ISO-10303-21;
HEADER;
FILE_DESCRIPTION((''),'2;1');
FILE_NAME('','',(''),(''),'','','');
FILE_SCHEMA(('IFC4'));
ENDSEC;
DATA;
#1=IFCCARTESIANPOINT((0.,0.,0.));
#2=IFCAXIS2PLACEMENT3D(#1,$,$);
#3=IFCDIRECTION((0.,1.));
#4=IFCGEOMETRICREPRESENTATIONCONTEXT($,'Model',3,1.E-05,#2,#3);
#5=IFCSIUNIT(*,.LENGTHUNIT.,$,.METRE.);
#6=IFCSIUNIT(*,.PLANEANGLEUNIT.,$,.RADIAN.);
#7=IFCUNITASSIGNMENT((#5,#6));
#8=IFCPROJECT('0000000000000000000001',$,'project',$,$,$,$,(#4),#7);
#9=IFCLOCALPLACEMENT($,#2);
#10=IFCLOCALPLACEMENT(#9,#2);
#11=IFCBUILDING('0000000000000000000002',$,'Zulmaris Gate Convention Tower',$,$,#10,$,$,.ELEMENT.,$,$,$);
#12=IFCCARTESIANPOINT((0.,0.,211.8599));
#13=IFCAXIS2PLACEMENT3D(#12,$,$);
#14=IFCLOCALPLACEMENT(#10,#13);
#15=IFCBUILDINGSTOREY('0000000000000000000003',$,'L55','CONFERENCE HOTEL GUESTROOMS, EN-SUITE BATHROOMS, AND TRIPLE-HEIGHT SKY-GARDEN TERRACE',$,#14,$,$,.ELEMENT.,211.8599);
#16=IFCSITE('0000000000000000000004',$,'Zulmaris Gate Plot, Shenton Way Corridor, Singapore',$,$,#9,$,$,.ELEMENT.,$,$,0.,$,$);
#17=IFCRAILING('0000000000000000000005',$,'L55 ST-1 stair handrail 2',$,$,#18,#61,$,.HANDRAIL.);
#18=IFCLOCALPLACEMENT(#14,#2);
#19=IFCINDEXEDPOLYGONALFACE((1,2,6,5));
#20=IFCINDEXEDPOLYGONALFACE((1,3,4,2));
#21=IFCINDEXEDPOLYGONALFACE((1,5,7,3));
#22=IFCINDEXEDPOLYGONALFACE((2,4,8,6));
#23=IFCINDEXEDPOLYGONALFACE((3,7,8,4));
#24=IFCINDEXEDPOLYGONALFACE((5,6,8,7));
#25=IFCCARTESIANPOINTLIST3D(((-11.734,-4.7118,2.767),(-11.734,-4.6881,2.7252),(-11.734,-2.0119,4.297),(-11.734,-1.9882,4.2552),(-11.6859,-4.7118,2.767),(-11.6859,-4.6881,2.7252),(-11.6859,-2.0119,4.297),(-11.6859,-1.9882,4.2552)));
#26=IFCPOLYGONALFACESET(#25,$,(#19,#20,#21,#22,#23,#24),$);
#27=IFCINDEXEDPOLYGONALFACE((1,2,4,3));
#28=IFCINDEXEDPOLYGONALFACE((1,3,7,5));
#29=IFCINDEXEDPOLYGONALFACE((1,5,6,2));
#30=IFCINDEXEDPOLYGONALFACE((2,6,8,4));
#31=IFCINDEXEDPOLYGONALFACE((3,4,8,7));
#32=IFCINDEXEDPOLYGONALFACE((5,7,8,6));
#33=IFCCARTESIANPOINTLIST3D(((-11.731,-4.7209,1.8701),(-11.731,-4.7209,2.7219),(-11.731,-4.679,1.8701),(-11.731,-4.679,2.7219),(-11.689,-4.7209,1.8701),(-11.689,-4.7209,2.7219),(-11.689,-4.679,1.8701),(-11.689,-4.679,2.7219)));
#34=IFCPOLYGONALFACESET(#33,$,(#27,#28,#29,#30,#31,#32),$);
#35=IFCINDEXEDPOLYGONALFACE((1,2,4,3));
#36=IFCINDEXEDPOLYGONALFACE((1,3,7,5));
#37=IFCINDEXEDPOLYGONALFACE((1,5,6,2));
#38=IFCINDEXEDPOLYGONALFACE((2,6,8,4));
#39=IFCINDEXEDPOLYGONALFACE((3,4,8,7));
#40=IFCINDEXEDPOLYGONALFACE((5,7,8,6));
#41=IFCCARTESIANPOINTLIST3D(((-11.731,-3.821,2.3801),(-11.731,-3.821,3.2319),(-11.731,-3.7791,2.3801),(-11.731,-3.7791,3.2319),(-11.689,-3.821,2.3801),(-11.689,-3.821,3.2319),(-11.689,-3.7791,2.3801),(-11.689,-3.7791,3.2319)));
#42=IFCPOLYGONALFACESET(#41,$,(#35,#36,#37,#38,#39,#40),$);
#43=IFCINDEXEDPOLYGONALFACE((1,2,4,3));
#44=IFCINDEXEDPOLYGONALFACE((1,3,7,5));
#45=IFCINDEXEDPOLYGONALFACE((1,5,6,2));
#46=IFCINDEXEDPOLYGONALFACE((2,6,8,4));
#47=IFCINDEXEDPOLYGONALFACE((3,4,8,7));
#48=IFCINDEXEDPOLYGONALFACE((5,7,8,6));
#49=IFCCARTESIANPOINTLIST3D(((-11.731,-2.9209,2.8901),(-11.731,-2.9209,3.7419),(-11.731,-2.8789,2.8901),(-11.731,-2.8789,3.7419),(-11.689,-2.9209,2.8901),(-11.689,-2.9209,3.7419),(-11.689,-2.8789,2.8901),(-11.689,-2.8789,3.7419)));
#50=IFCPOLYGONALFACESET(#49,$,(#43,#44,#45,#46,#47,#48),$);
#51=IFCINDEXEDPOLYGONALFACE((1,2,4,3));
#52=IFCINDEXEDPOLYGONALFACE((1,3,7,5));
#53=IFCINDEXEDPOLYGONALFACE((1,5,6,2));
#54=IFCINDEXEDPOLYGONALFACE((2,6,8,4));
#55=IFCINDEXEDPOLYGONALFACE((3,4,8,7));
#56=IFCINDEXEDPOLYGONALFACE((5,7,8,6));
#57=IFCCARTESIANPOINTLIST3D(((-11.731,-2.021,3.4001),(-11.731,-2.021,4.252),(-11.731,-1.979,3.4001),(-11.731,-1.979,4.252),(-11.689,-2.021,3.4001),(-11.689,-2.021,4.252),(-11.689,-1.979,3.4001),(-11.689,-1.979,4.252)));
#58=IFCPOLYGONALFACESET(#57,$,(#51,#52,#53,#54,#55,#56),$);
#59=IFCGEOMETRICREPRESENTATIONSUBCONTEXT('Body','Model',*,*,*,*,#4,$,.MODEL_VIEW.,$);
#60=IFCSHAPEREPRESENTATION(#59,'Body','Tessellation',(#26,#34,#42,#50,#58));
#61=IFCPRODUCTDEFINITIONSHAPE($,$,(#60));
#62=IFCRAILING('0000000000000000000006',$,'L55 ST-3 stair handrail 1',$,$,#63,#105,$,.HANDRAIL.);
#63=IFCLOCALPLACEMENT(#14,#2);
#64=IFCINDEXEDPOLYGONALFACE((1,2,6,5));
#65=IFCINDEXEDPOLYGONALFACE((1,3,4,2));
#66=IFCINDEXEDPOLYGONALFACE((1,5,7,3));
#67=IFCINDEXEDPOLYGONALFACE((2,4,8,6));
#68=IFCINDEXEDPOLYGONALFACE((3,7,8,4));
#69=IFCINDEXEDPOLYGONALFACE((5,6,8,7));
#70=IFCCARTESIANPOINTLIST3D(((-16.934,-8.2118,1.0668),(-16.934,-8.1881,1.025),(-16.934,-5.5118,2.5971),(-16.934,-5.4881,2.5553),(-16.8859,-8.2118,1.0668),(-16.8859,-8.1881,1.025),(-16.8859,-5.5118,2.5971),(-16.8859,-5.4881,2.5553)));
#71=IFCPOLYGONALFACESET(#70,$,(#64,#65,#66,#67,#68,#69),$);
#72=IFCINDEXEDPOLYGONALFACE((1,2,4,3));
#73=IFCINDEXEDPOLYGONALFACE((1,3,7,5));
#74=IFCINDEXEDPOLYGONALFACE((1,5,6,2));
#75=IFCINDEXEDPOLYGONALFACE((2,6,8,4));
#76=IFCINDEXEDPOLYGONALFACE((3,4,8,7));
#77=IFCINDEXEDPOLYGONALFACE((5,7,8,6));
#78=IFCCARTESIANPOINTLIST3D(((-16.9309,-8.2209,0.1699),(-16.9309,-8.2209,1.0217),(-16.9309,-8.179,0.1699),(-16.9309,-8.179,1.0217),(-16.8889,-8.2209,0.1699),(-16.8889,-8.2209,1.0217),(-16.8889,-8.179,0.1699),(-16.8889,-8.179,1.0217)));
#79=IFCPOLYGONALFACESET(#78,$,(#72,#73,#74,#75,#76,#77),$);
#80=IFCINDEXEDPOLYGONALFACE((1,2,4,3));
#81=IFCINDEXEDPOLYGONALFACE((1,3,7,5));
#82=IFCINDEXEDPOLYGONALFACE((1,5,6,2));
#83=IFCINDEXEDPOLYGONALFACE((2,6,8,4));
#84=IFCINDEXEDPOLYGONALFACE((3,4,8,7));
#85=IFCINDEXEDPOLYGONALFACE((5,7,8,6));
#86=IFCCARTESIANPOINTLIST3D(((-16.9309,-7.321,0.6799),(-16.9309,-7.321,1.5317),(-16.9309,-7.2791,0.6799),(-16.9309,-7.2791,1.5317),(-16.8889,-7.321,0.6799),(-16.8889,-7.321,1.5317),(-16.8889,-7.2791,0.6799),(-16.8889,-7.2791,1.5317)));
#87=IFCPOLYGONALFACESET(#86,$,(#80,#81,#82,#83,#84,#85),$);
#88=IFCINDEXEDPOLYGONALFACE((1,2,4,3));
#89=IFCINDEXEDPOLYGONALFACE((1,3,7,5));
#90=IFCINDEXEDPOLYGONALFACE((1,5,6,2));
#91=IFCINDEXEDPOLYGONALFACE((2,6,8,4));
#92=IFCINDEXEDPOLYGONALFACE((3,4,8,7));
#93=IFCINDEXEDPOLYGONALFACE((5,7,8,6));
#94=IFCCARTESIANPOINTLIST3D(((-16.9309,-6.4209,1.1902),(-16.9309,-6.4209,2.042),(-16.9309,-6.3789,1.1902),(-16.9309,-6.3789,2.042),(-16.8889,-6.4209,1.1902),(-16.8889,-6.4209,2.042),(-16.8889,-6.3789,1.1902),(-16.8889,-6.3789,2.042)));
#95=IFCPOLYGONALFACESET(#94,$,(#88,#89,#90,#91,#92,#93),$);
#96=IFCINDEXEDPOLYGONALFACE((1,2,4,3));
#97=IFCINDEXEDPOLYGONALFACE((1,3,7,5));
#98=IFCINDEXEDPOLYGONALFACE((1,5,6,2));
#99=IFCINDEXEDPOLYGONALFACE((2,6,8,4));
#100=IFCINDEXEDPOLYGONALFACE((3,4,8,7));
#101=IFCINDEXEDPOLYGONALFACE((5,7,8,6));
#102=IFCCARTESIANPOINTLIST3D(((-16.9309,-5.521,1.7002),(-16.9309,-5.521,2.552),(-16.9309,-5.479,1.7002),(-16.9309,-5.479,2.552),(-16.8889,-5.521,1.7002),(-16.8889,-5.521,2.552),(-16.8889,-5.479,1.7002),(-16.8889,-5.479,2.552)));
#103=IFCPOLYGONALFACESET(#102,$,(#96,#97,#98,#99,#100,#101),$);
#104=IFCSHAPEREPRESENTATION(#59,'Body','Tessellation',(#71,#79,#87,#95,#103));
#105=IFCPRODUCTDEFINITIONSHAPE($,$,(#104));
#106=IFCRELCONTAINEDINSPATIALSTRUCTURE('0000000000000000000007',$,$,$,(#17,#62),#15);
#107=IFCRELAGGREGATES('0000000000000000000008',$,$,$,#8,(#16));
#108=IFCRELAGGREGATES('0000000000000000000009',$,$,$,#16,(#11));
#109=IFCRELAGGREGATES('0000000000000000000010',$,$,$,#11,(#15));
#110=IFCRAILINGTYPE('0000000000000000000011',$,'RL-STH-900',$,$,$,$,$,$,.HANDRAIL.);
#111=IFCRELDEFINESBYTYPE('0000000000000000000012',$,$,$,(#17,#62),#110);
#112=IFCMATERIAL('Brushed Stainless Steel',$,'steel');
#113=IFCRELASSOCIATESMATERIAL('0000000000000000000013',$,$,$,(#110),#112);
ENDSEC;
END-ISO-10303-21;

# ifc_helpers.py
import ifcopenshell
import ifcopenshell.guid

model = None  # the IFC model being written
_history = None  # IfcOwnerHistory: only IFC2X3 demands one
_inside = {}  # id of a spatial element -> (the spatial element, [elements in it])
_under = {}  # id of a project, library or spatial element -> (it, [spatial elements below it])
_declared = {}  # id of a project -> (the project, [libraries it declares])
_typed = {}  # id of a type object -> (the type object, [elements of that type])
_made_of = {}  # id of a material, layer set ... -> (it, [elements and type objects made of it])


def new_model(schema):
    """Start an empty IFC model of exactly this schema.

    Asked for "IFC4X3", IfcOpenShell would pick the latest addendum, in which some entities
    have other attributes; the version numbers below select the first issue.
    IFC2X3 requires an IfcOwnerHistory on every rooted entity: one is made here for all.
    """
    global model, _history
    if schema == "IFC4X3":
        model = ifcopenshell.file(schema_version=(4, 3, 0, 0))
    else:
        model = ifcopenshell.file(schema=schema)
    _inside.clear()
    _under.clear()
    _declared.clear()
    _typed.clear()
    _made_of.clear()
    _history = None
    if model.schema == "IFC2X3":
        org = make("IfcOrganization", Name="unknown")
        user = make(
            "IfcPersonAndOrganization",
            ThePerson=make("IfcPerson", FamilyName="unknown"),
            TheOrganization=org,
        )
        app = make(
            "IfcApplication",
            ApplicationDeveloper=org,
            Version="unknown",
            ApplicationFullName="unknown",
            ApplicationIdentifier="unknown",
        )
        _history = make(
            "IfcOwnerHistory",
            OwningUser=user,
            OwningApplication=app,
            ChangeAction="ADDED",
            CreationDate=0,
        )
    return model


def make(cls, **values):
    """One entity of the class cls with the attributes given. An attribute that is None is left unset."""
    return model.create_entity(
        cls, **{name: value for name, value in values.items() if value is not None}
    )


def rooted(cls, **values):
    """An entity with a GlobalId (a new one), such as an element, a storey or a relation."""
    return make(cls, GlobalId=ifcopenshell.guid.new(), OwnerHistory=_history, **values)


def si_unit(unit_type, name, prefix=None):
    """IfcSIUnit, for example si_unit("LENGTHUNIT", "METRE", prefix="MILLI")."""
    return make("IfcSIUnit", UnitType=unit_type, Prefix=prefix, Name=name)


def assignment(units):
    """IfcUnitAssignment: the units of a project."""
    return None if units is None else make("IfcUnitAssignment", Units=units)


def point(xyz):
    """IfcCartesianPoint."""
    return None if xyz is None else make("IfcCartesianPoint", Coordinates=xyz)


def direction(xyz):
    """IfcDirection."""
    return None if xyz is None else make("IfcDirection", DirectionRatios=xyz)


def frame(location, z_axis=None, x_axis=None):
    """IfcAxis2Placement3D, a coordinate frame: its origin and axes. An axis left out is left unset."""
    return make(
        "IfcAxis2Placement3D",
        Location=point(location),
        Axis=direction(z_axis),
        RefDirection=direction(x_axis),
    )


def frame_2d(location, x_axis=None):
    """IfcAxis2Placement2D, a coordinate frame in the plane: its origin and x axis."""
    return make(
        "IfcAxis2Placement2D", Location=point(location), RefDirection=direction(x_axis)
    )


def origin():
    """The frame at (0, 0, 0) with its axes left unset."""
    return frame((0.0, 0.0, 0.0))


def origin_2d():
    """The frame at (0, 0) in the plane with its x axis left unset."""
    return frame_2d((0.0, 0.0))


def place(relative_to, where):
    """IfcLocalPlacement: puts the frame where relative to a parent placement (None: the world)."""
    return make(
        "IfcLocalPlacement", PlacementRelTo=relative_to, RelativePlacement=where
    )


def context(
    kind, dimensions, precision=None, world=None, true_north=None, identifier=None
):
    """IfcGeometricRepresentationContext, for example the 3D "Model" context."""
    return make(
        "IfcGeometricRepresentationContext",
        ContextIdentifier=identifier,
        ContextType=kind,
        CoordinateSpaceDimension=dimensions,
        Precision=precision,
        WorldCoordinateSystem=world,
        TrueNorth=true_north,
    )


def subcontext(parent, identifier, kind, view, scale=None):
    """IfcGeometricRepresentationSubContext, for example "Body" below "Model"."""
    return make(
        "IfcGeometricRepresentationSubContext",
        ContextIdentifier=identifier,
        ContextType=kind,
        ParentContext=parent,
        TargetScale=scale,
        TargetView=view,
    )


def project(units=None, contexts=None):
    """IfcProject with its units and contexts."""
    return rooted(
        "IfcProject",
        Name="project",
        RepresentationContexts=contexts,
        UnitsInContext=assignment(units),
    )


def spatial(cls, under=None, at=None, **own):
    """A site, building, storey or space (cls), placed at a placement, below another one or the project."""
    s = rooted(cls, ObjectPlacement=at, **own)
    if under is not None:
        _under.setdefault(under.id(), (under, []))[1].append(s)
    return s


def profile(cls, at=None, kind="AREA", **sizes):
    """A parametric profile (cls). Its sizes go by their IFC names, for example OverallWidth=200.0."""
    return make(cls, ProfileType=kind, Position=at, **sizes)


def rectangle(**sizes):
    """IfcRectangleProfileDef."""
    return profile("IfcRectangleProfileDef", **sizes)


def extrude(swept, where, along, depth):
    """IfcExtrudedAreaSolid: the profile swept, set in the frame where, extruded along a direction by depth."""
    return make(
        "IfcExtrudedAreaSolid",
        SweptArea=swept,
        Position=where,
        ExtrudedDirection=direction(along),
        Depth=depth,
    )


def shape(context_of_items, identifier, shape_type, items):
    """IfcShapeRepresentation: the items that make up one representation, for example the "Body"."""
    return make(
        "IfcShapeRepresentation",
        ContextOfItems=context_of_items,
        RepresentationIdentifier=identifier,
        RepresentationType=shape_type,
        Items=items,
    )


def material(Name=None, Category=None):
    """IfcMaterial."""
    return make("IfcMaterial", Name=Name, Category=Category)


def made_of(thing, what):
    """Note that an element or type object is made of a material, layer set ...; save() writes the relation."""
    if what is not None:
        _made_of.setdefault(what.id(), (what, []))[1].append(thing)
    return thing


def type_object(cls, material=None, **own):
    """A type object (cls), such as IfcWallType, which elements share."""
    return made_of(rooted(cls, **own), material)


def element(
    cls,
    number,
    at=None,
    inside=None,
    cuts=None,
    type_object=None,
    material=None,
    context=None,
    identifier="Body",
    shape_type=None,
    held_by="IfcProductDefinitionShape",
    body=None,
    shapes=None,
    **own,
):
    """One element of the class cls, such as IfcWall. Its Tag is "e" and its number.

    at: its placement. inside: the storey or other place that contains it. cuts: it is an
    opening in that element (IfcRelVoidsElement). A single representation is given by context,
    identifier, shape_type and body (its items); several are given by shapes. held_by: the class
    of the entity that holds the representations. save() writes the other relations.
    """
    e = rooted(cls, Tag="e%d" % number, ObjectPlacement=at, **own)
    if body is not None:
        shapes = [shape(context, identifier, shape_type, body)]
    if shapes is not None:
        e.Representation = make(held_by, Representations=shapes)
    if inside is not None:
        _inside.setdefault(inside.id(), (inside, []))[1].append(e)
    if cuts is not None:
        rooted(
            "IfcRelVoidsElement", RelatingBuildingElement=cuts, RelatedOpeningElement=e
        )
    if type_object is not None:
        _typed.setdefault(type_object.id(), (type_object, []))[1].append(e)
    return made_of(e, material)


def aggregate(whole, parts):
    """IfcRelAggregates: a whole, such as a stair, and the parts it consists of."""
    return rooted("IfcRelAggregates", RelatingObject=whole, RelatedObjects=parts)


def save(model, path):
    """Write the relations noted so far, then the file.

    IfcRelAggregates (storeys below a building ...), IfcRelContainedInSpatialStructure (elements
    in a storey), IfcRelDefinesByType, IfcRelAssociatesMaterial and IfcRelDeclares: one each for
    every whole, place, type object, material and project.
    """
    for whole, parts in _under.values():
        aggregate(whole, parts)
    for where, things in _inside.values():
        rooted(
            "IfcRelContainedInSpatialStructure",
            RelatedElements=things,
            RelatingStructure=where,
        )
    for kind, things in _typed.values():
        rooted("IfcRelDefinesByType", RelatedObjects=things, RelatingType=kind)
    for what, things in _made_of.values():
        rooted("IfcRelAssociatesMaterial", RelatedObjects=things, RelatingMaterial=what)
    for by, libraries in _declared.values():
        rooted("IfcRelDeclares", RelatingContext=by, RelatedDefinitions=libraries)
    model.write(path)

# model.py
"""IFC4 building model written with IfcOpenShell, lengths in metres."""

from ifc_helpers import new_model, si_unit, direction, frame, origin, origin_2d, place, context, subcontext, project, spatial, rectangle, extrude, material, type_object, element, save


model = new_model("IFC4")

# Units and contexts
model_context = context("Model", 3, precision=1e-05, world=origin(), true_north=direction((0.0, 1.0)))
body_context = subcontext(model_context, "Body", "Model", "MODEL_VIEW")
ifc_project = project(units=[si_unit("LENGTHUNIT", "METRE"), si_unit("PLANEANGLEUNIT", "RADIAN")], contexts=[model_context])

# Site, building, storey
site_placement = place(None, origin())
site = spatial("IfcSite", under=ifc_project, at=site_placement, Name="Zulmaris Gate Plot, Shenton Way Corridor, Singapore", CompositionType="ELEMENT", RefElevation=0.0)
building_placement = place(site_placement, origin())
building = spatial("IfcBuilding", under=site, at=building_placement, Name="Zulmaris Gate Convention Tower", CompositionType="ELEMENT")
storey_placement = place(building_placement, frame((0.0, 0.0, 211.8599)))
storey = spatial("IfcBuildingStorey", under=building, at=storey_placement, Name="L55", Description="CONFERENCE HOTEL GUESTROOMS, EN-SUITE BATHROOMS, AND TRIPLE-HEIGHT SKY-GARDEN TERRACE", CompositionType="ELEMENT", Elevation=211.8599)

# Shared definitions
ifc_material_1 = material(Name="Brushed Stainless Steel", Category="steel")

# Railings
railing_type_1 = type_object("IfcRailingType", Name="RL-STH-900", PredefinedType="HANDRAIL", material=ifc_material_1)
railing_1_placement = place(storey_placement, frame((-11.71, -4.7, 1.8701)))
element("IfcRailing", 1, at=railing_1_placement, inside=storey, type_object=railing_type_1, Name="L55 ST-1 stair handrail 2", PredefinedType="HANDRAIL", context=body_context, shape_type="SweptSolid", body=[
    extrude(rectangle(XDim=0.0481, YDim=0.0481, at=origin_2d()), frame((0.0, 0.0, 0.876), z_axis=(0.0, 0.870014, 0.493026), x_axis=(-1.0, 0.0, 0.0)), (0.0, 0.0, 1.0), 3.1033),
    extrude(rectangle(XDim=0.042, YDim=0.042, at=origin_2d()), origin(), (0.0, 0.0, 1.0), 0.8518),
    extrude(rectangle(XDim=0.042, YDim=0.042, at=origin_2d()), frame((0.0, 0.8999, 0.51)), (0.0, 0.0, 1.0), 0.8518),
    extrude(rectangle(XDim=0.042, YDim=0.042, at=origin_2d()), frame((0.0, 1.8, 1.02)), (0.0, 0.0, 1.0), 0.8518),
    extrude(rectangle(XDim=0.042, YDim=0.042, at=origin_2d()), frame((0.0, 2.7, 1.53)), (0.0, 0.0, 1.0), 0.8518),
])
railing_2_placement = place(storey_placement, frame((-16.9099, -8.2, 0.1699)))
element("IfcRailing", 2, at=railing_2_placement, inside=storey, type_object=railing_type_1, Name="L55 ST-3 stair handrail 1", PredefinedType="HANDRAIL", context=body_context, shape_type="SweptSolid", body=[
    extrude(rectangle(XDim=0.0481, YDim=0.0481, at=origin_2d()), frame((0.0, 0.0, 0.876), z_axis=(0.0, 0.869981, 0.493086), x_axis=(-1.0, 0.0, 0.0)), (0.0, 0.0, 1.0), 3.1035),
    extrude(rectangle(XDim=0.042, YDim=0.042, at=origin_2d()), origin(), (0.0, 0.0, 1.0), 0.8518),
    extrude(rectangle(XDim=0.042, YDim=0.042, at=origin_2d()), frame((0.0, 0.8999, 0.51)), (0.0, 0.0, 1.0), 0.8518),
    extrude(rectangle(XDim=0.042, YDim=0.042, at=origin_2d()), frame((0.0, 1.8, 1.0203)), (0.0, 0.0, 1.0), 0.8518),
    extrude(rectangle(XDim=0.042, YDim=0.042, at=origin_2d()), frame((0.0, 2.7, 1.5303)), (0.0, 0.0, 1.0), 0.8518),
])

save(model, "model.ifc")
